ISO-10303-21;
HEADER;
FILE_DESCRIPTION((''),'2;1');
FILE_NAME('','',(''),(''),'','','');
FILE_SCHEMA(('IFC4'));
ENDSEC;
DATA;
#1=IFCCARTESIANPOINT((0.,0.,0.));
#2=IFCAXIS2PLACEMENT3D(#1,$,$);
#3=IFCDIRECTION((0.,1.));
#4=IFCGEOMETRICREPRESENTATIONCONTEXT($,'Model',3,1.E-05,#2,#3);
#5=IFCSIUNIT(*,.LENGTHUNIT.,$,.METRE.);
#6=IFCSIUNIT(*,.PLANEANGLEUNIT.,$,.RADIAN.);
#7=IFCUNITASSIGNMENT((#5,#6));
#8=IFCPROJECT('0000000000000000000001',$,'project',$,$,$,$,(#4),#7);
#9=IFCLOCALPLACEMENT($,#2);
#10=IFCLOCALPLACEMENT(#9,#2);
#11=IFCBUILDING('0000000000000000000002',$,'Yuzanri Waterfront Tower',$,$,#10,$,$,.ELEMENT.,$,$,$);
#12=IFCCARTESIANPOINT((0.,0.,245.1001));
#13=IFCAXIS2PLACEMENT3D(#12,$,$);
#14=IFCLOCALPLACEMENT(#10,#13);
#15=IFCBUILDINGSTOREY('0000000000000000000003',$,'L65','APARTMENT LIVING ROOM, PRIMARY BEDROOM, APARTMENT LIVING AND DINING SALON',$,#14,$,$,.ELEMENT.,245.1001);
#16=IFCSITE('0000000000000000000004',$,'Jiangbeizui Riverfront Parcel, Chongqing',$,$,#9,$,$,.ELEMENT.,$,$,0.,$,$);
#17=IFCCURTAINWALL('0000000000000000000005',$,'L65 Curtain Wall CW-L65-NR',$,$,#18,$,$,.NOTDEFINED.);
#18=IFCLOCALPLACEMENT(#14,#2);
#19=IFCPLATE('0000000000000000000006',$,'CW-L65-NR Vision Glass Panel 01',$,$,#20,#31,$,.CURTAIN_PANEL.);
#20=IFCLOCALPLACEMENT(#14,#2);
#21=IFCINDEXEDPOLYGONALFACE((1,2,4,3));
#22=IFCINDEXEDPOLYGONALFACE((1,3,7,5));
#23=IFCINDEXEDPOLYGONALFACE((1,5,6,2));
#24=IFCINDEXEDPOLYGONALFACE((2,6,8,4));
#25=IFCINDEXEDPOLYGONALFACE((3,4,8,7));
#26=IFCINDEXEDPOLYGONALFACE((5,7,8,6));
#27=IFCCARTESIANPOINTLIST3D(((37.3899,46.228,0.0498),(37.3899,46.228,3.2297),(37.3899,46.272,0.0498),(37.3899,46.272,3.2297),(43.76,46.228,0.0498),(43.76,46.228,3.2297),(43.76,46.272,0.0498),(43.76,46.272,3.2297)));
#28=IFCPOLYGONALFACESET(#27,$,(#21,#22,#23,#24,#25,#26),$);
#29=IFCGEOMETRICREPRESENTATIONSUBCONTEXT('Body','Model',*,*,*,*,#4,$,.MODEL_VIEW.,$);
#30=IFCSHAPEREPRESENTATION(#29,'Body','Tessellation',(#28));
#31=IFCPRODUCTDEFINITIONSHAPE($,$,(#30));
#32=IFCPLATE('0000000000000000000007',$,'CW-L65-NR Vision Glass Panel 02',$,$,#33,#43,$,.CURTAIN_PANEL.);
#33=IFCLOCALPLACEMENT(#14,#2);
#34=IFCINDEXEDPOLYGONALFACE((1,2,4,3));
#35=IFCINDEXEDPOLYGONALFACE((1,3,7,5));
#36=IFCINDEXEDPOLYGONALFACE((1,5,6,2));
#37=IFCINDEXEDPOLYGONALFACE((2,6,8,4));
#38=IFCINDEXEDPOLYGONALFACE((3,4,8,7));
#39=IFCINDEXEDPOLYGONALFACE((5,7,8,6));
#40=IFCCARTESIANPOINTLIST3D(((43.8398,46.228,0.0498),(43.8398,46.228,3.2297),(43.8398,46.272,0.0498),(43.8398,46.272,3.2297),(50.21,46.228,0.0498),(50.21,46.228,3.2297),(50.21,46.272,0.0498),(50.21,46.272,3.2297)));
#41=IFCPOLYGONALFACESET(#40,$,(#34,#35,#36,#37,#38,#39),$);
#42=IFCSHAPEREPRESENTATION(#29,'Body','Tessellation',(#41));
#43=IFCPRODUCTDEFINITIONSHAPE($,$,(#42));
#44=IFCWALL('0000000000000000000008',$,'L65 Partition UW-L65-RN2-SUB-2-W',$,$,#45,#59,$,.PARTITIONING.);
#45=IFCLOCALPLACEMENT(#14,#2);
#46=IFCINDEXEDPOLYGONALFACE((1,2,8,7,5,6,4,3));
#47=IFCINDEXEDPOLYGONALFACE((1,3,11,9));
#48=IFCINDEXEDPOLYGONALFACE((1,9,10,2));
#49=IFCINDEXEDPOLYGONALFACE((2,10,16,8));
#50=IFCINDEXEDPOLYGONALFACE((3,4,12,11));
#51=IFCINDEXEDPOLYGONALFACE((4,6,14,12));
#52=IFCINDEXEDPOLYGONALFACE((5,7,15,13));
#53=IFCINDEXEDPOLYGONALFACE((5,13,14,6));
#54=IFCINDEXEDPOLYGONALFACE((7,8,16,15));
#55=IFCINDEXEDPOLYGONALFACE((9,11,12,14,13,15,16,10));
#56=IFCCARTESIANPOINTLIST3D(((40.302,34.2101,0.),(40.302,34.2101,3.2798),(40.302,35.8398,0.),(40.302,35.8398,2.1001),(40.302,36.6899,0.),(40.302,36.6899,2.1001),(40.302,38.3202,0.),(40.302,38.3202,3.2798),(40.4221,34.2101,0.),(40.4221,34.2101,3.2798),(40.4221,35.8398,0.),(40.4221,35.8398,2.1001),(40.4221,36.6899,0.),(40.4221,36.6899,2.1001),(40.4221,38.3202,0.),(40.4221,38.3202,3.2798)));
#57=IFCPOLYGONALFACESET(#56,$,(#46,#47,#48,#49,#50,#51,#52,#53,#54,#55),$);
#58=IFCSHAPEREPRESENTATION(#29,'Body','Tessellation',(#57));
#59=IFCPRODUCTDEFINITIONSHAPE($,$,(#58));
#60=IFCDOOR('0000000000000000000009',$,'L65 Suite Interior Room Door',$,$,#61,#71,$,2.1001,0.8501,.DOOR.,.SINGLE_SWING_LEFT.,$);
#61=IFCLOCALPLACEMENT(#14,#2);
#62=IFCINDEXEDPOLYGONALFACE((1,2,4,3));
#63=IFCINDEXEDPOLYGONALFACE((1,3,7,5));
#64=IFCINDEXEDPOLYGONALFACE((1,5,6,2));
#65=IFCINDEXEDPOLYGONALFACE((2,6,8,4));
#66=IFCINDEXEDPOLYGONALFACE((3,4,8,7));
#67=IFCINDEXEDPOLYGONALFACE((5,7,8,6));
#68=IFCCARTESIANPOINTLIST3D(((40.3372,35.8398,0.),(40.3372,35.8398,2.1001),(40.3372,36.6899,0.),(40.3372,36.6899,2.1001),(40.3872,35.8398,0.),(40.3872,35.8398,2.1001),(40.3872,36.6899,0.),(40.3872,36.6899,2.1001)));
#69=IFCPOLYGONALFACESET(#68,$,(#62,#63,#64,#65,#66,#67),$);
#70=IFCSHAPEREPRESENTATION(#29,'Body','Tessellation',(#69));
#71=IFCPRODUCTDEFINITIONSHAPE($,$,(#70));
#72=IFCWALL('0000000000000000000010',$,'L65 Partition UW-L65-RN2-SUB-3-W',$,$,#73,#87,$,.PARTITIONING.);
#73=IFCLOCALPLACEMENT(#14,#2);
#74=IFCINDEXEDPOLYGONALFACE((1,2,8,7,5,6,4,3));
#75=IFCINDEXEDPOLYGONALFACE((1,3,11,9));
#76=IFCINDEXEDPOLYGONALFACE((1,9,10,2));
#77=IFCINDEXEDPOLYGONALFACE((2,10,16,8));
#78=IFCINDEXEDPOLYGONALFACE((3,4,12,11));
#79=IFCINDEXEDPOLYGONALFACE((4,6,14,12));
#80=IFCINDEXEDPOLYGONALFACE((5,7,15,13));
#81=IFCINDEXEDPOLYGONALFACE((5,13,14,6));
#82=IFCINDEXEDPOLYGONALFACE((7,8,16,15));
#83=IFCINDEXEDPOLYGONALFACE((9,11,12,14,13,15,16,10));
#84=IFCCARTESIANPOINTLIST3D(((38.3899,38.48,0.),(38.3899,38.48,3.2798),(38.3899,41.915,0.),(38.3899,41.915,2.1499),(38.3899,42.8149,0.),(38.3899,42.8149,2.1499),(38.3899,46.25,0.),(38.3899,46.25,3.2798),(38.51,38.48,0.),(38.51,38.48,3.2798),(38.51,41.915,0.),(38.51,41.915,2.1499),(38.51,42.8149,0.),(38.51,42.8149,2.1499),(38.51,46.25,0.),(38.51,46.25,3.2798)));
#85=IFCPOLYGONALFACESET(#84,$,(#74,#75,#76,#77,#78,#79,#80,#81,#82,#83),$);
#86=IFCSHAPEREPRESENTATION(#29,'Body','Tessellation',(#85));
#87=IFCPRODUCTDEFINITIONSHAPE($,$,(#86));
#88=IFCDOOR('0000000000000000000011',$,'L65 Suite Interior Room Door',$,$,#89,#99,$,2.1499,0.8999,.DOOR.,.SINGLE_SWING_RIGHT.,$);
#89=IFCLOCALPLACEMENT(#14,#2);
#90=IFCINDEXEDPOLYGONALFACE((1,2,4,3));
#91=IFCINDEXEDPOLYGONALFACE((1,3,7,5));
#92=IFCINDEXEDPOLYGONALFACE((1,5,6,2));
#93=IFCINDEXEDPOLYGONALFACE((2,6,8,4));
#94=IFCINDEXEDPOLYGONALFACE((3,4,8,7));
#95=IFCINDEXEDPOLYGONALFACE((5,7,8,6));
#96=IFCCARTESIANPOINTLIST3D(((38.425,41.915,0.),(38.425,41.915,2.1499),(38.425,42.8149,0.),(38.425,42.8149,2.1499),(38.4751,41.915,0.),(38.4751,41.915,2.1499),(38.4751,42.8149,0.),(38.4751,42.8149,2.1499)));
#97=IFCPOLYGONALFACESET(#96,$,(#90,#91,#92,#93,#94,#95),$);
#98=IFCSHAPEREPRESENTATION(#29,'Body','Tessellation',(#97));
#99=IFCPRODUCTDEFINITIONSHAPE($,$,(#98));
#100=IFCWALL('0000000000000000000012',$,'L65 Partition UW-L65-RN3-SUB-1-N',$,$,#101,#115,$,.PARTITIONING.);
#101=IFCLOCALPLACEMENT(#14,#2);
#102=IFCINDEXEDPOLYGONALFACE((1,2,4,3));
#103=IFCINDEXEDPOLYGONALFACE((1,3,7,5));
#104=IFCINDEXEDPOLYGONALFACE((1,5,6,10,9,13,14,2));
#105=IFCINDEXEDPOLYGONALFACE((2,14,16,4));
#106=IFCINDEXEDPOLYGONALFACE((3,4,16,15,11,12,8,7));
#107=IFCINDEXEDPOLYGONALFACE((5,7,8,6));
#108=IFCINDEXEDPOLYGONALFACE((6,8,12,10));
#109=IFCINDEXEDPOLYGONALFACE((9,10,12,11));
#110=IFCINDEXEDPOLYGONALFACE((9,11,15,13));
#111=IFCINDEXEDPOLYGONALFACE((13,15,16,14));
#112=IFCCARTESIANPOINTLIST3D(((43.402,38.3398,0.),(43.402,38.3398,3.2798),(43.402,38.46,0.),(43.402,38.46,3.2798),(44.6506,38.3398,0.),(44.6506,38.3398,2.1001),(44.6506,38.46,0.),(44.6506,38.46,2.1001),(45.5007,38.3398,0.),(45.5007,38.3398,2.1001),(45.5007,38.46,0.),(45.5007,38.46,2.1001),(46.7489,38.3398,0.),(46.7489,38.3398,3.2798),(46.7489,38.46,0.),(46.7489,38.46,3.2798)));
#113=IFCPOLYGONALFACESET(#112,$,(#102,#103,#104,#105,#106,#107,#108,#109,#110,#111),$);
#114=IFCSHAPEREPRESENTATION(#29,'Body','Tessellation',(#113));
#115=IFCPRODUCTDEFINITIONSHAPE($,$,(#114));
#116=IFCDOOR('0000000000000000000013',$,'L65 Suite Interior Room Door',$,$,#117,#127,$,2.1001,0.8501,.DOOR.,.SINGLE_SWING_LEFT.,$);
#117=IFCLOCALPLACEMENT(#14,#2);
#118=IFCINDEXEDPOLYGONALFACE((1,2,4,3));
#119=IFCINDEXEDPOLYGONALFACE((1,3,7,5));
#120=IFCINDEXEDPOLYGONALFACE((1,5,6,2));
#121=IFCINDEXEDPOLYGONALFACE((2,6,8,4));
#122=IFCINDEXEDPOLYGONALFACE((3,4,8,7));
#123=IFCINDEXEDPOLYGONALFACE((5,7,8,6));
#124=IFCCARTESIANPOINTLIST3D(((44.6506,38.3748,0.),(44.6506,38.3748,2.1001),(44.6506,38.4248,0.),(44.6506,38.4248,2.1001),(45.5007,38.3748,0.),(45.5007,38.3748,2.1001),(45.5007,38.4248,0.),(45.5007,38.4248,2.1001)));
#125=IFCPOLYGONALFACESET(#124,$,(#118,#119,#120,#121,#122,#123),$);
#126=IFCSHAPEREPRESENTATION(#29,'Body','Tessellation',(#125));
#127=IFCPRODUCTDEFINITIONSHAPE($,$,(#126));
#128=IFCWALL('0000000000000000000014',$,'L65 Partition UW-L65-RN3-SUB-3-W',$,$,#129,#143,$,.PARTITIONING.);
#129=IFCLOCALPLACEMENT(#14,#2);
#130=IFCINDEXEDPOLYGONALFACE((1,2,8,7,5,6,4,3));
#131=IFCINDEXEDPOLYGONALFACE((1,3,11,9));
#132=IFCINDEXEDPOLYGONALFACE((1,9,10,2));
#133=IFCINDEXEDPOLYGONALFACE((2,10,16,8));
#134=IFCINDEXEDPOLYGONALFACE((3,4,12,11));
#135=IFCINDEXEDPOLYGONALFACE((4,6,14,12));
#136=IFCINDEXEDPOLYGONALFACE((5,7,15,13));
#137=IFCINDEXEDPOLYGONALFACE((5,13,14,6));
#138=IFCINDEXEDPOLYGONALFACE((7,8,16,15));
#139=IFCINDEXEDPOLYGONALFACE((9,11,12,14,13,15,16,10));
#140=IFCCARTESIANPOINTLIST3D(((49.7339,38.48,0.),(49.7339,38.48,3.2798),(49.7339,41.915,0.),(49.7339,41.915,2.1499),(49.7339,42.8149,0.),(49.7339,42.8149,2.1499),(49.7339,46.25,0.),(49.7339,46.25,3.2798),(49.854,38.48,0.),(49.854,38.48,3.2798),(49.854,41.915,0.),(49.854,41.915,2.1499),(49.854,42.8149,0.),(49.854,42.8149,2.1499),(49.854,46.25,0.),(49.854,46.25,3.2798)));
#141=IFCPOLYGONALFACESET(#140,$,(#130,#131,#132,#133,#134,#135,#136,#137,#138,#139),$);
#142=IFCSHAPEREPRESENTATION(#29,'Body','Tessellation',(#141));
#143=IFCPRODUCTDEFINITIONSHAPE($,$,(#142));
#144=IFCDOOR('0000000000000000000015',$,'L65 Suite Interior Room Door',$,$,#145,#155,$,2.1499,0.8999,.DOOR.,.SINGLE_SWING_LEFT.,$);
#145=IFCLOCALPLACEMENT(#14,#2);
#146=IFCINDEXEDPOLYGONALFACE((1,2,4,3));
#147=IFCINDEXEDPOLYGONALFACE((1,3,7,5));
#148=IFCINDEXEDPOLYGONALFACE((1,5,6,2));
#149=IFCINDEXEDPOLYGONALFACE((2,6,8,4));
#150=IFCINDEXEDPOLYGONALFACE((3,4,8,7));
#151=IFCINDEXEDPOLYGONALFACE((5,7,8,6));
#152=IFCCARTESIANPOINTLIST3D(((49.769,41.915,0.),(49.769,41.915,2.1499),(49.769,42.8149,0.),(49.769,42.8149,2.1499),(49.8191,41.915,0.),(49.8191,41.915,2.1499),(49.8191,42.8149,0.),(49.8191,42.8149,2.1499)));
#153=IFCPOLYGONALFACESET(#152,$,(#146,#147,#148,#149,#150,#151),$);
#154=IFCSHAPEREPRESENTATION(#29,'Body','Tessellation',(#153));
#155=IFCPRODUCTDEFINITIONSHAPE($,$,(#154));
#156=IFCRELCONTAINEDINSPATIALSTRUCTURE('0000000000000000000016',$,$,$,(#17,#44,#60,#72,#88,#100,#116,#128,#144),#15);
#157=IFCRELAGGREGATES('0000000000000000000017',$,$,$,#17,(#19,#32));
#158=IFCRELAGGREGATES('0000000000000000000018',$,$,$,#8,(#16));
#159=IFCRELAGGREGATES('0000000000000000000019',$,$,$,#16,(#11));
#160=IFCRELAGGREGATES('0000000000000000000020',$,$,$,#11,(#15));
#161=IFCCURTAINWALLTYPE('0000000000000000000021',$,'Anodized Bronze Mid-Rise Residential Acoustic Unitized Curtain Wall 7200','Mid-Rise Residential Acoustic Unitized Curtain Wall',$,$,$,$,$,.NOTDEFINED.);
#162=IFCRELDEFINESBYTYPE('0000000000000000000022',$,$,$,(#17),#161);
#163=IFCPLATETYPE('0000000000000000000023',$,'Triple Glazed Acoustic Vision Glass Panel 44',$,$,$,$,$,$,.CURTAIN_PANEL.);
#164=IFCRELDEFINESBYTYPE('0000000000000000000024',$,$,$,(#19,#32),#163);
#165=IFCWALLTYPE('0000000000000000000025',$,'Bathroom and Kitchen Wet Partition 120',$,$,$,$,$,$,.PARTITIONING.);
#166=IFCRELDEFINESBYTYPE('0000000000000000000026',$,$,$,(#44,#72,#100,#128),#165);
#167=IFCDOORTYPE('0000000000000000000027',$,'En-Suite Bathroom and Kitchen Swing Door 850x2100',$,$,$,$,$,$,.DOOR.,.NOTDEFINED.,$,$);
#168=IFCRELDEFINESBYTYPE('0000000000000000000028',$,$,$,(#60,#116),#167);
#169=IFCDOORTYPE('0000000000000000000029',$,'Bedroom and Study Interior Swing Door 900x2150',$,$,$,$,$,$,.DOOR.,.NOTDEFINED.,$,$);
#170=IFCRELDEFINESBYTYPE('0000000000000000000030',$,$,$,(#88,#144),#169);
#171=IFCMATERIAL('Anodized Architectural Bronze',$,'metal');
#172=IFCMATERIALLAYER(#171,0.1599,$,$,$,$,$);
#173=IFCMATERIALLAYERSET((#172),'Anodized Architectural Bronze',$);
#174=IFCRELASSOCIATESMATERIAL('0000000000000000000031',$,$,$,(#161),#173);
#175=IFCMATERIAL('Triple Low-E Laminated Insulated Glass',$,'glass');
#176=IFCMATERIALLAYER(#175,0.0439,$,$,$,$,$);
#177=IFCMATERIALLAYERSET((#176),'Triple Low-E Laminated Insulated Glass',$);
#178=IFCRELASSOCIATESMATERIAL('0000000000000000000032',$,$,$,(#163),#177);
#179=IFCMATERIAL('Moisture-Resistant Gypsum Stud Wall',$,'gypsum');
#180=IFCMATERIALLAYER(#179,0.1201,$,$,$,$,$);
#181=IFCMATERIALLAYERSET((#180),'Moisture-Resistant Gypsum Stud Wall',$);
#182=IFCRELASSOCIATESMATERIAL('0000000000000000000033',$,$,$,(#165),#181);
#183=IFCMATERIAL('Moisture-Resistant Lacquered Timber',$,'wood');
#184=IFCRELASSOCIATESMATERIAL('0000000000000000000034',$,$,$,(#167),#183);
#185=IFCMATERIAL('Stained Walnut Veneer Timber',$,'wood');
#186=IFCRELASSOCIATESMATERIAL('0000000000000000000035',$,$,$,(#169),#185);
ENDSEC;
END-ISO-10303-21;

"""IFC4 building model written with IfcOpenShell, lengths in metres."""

from ifc_helpers import new_model, si_unit, direction, frame, frame_2d, origin, origin_2d, place, context, subcontext, project, spatial, rectangle, extrude, source, transform, mapped, material, layer, layer_set, type_object, element, fill, aggregate, save


model = new_model("IFC4")

# Units and contexts
model_context = context("Model", 3, precision=1e-05, world=origin(), true_north=direction((0.0, 1.0)))
body_context = subcontext(model_context, "Body", "Model", "MODEL_VIEW")
ifc_project = project(units=[si_unit("LENGTHUNIT", "METRE"), si_unit("PLANEANGLEUNIT", "RADIAN")], contexts=[model_context])

# Site, building, storey
site_placement = place(None, origin())
site = spatial("IfcSite", under=ifc_project, at=site_placement, Name="Jiangbeizui Riverfront Parcel, Chongqing", CompositionType="ELEMENT", RefElevation=0.0)
building_placement = place(site_placement, origin())
building = spatial("IfcBuilding", under=site, at=building_placement, Name="Yuzanri Waterfront Tower", CompositionType="ELEMENT")
storey_placement = place(building_placement, frame((0.0, 0.0, 245.1001)))
storey = spatial("IfcBuildingStorey", under=building, at=storey_placement, Name="L65", Description="APARTMENT LIVING ROOM, PRIMARY BEDROOM, APARTMENT LIVING AND DINING SALON", CompositionType="ELEMENT", Elevation=245.1001)

# Curtain wall, plates
ifc_material_1 = material(Name="Anodized Architectural Bronze", Category="metal")
ifc_layer_1 = layer(ifc_material_1, 0.1599)
ifc_layer_set_1 = layer_set([ifc_layer_1], Name="Anodized Architectural Bronze")
curtain_wall_type = type_object("IfcCurtainWallType", Name="Anodized Bronze Mid-Rise Residential Acoustic Unitized Curtain Wall 7200", Description="Mid-Rise Residential Acoustic Unitized Curtain Wall", PredefinedType="NOTDEFINED", material=ifc_layer_set_1)
curtain_wall_placement = place(storey_placement, origin())
curtain_wall = element("IfcCurtainWall", 1, at=curtain_wall_placement, inside=storey, type_object=curtain_wall_type, Name="L65 Curtain Wall CW-L65-NR", PredefinedType="NOTDEFINED")
ifc_material_2 = material(Name="Triple Low-E Laminated Insulated Glass", Category="glass")
ifc_layer_2 = layer(ifc_material_2, 0.0439)
ifc_layer_set_2 = layer_set([ifc_layer_2], Name="Triple Low-E Laminated Insulated Glass")
plate_type = type_object("IfcPlateType", Name="Triple Glazed Acoustic Vision Glass Panel 44", PredefinedType="CURTAIN_PANEL", material=ifc_layer_set_2)
shared_shape_1 = source(origin(), body_context, "Body", "SweptSolid", [
    extrude(rectangle(XDim=6.3701, YDim=0.0439, at=origin_2d()), origin(), (0.0, 0.0, 1.0), 3.1799),
])
plate_1_placement = place(storey_placement, frame((40.575, 46.25, 0.0498), z_axis=(0.0, 0.0, 1.0), x_axis=(1.0, 0.0, 0.0)))
plate_1 = element("IfcPlate", 2, at=plate_1_placement, type_object=plate_type, Name="CW-L65-NR Vision Glass Panel 01", PredefinedType="CURTAIN_PANEL", context=body_context, shape_type="MappedRepresentation", body=[
    mapped(shared_shape_1, transform((0.0, 0.0, 0.0), scale=1.0)),
])
plate_2_placement = place(storey_placement, frame((47.0249, 46.25, 0.0498), z_axis=(0.0, 0.0, 1.0), x_axis=(1.0, 0.0, 0.0)))
plate_2 = element("IfcPlate", 3, at=plate_2_placement, type_object=plate_type, Name="CW-L65-NR Vision Glass Panel 02", PredefinedType="CURTAIN_PANEL", context=body_context, shape_type="MappedRepresentation", body=[
    mapped(shared_shape_1, transform((0.0, 0.0, 0.0), scale=1.0)),
])
aggregate(curtain_wall, [plate_1, plate_2])

# Walls, openings, doors
ifc_material_3 = material(Name="Moisture-Resistant Gypsum Stud Wall", Category="gypsum")
ifc_layer_3 = layer(ifc_material_3, 0.1201)
ifc_layer_set_3 = layer_set([ifc_layer_3], Name="Moisture-Resistant Gypsum Stud Wall")
wall_type_1 = type_object("IfcWallType", Name="Bathroom and Kitchen Wet Partition 120", PredefinedType="PARTITIONING", material=ifc_layer_set_3)
wall_1_placement = place(storey_placement, frame((40.3621, 34.21, 0.0), z_axis=(0.0, 0.0, 1.0), x_axis=(0.0, 1.0, 0.0)))
wall_1 = element("IfcWall", 4, at=wall_1_placement, inside=storey, type_object=wall_type_1, Name="L65 Partition UW-L65-RN2-SUB-2-W", PredefinedType="PARTITIONING", context=body_context, shape_type="SweptSolid", body=[
    extrude(rectangle(XDim=4.1101, YDim=0.1201, at=frame_2d((2.0552, 0.0))), origin(), (0.0, 0.0, 1.0), 3.2798),
])
opening_1_placement = place(wall_1_placement, frame((1.6299, 0.0, 0.0)))
opening_1 = element("IfcOpeningElement", 5, at=opening_1_placement, cuts=wall_1, PredefinedType="OPENING", context=body_context, shape_type="SweptSolid", body=[
    extrude(rectangle(XDim=0.8501, YDim=2.1001, at=frame_2d((0.425, 1.05))), frame((0.0, 0.075, 0.0), z_axis=(0.0, -1.0, 0.0), x_axis=(1.0, 0.0, 0.0)), (0.0, 0.0, 1.0), 0.1499),
])
ifc_material_4 = material(Name="Moisture-Resistant Lacquered Timber", Category="wood")
door_type_1 = type_object("IfcDoorType", Name="En-Suite Bathroom and Kitchen Swing Door 850x2100", OperationType="NOTDEFINED", PredefinedType="DOOR", material=ifc_material_4)
shared_shape_2 = source(origin(), body_context, "Body", "SweptSolid", [
    extrude(rectangle(XDim=0.8501, YDim=2.1001, at=frame_2d((0.425, 1.05))), frame((0.0, 0.0249, 0.0), z_axis=(0.0, -1.0, 0.0), x_axis=(1.0, 0.0, 0.0)), (0.0, 0.0, 1.0), 0.05),
])
door_1_placement = place(opening_1_placement, origin())
door_1 = element("IfcDoor", 6, at=door_1_placement, inside=storey, type_object=door_type_1, Name="L65 Suite Interior Room Door", OperationType="SINGLE_SWING_LEFT", OverallHeight=2.1001, OverallWidth=0.8501, PredefinedType="DOOR", context=body_context, shape_type="MappedRepresentation", body=[
    mapped(shared_shape_2, transform((0.0, 0.0, 0.0), scale=1.0)),
])
fill(opening_1, door_1)
wall_2_placement = place(storey_placement, frame((38.45, 38.48, 0.0), z_axis=(0.0, 0.0, 1.0), x_axis=(0.0, 1.0, 0.0)))
wall_2 = element("IfcWall", 7, at=wall_2_placement, inside=storey, type_object=wall_type_1, Name="L65 Partition UW-L65-RN2-SUB-3-W", PredefinedType="PARTITIONING", context=body_context, shape_type="SweptSolid", body=[
    extrude(rectangle(XDim=7.77, YDim=0.1201, at=frame_2d((3.885, 0.0))), origin(), (0.0, 0.0, 1.0), 3.2798),
])
opening_2_placement = place(wall_2_placement, frame((3.4351, 0.0, 0.0)))
opening_2 = element("IfcOpeningElement", 8, at=opening_2_placement, cuts=wall_2, PredefinedType="OPENING", context=body_context, shape_type="SweptSolid", body=[
    extrude(rectangle(XDim=0.8999, YDim=2.1499, at=frame_2d((0.45, 1.075))), frame((0.0, 0.075, 0.0), z_axis=(0.0, -1.0, 0.0), x_axis=(1.0, 0.0, 0.0)), (0.0, 0.0, 1.0), 0.1499),
])
ifc_material_5 = material(Name="Stained Walnut Veneer Timber", Category="wood")
door_type_2 = type_object("IfcDoorType", Name="Bedroom and Study Interior Swing Door 900x2150", OperationType="NOTDEFINED", PredefinedType="DOOR", material=ifc_material_5)
shared_shape_3 = source(origin(), body_context, "Body", "SweptSolid", [
    extrude(rectangle(XDim=0.8999, YDim=2.1499, at=frame_2d((0.45, 1.075))), frame((0.0, 0.0249, 0.0), z_axis=(0.0, -1.0, 0.0), x_axis=(1.0, 0.0, 0.0)), (0.0, 0.0, 1.0), 0.05),
])
door_2_placement = place(opening_2_placement, origin())
door_2 = element("IfcDoor", 9, at=door_2_placement, inside=storey, type_object=door_type_2, Name="L65 Suite Interior Room Door", OperationType="SINGLE_SWING_RIGHT", OverallHeight=2.1499, OverallWidth=0.8999, PredefinedType="DOOR", context=body_context, shape_type="MappedRepresentation", body=[
    mapped(shared_shape_3, transform((0.0, 0.0, 0.0), scale=1.0)),
])
fill(opening_2, door_2)
wall_3_placement = place(storey_placement, frame((43.4021, 38.3999, 0.0), z_axis=(0.0, 0.0, 1.0), x_axis=(1.0, 0.0, 0.0)))
wall_3 = element("IfcWall", 10, at=wall_3_placement, inside=storey, type_object=wall_type_1, Name="L65 Partition UW-L65-RN3-SUB-1-N", PredefinedType="PARTITIONING", context=body_context, shape_type="SweptSolid", body=[
    extrude(rectangle(XDim=3.3469, YDim=0.1201, at=frame_2d((1.6733, 0.0))), origin(), (0.0, 0.0, 1.0), 3.2798),
])
opening_3_placement = place(wall_3_placement, frame((1.2485, 0.0, 0.0)))
opening_3 = element("IfcOpeningElement", 11, at=opening_3_placement, cuts=wall_3, PredefinedType="OPENING", context=body_context, shape_type="SweptSolid", body=[
    extrude(rectangle(XDim=0.8501, YDim=2.1001, at=frame_2d((0.425, 1.05))), frame((0.0, 0.075, 0.0), z_axis=(0.0, -1.0, 0.0), x_axis=(1.0, 0.0, 0.0)), (0.0, 0.0, 1.0), 0.1499),
])
door_3_placement = place(opening_3_placement, origin())
door_3 = element("IfcDoor", 12, at=door_3_placement, inside=storey, type_object=door_type_1, Name="L65 Suite Interior Room Door", OperationType="SINGLE_SWING_LEFT", OverallHeight=2.1001, OverallWidth=0.8501, PredefinedType="DOOR", context=body_context, shape_type="MappedRepresentation", body=[
    mapped(shared_shape_2, transform((0.0, 0.0, 0.0), scale=1.0)),
])
fill(opening_3, door_3)
wall_4_placement = place(storey_placement, frame((49.7939, 38.48, 0.0), z_axis=(0.0, 0.0, 1.0), x_axis=(0.0, 1.0, 0.0)))
wall_4 = element("IfcWall", 13, at=wall_4_placement, inside=storey, type_object=wall_type_1, Name="L65 Partition UW-L65-RN3-SUB-3-W", PredefinedType="PARTITIONING", context=body_context, shape_type="SweptSolid", body=[
    extrude(rectangle(XDim=7.77, YDim=0.1201, at=frame_2d((3.885, 0.0))), origin(), (0.0, 0.0, 1.0), 3.2798),
])
opening_4_placement = place(wall_4_placement, frame((3.4351, 0.0, 0.0)))
opening_4 = element("IfcOpeningElement", 14, at=opening_4_placement, cuts=wall_4, PredefinedType="OPENING", context=body_context, shape_type="SweptSolid", body=[
    extrude(rectangle(XDim=0.8999, YDim=2.1499, at=frame_2d((0.45, 1.075))), frame((0.0, 0.075, 0.0), z_axis=(0.0, -1.0, 0.0), x_axis=(1.0, 0.0, 0.0)), (0.0, 0.0, 1.0), 0.1499),
])
door_4_placement = place(opening_4_placement, origin())
door_4 = element("IfcDoor", 15, at=door_4_placement, inside=storey, type_object=door_type_2, Name="L65 Suite Interior Room Door", OperationType="SINGLE_SWING_LEFT", OverallHeight=2.1499, OverallWidth=0.8999, PredefinedType="DOOR", context=body_context, shape_type="MappedRepresentation", body=[
    mapped(shared_shape_3, transform((0.0, 0.0, 0.0), scale=1.0)),
])
fill(opening_4, door_4)

save(model, "model.ifc")
